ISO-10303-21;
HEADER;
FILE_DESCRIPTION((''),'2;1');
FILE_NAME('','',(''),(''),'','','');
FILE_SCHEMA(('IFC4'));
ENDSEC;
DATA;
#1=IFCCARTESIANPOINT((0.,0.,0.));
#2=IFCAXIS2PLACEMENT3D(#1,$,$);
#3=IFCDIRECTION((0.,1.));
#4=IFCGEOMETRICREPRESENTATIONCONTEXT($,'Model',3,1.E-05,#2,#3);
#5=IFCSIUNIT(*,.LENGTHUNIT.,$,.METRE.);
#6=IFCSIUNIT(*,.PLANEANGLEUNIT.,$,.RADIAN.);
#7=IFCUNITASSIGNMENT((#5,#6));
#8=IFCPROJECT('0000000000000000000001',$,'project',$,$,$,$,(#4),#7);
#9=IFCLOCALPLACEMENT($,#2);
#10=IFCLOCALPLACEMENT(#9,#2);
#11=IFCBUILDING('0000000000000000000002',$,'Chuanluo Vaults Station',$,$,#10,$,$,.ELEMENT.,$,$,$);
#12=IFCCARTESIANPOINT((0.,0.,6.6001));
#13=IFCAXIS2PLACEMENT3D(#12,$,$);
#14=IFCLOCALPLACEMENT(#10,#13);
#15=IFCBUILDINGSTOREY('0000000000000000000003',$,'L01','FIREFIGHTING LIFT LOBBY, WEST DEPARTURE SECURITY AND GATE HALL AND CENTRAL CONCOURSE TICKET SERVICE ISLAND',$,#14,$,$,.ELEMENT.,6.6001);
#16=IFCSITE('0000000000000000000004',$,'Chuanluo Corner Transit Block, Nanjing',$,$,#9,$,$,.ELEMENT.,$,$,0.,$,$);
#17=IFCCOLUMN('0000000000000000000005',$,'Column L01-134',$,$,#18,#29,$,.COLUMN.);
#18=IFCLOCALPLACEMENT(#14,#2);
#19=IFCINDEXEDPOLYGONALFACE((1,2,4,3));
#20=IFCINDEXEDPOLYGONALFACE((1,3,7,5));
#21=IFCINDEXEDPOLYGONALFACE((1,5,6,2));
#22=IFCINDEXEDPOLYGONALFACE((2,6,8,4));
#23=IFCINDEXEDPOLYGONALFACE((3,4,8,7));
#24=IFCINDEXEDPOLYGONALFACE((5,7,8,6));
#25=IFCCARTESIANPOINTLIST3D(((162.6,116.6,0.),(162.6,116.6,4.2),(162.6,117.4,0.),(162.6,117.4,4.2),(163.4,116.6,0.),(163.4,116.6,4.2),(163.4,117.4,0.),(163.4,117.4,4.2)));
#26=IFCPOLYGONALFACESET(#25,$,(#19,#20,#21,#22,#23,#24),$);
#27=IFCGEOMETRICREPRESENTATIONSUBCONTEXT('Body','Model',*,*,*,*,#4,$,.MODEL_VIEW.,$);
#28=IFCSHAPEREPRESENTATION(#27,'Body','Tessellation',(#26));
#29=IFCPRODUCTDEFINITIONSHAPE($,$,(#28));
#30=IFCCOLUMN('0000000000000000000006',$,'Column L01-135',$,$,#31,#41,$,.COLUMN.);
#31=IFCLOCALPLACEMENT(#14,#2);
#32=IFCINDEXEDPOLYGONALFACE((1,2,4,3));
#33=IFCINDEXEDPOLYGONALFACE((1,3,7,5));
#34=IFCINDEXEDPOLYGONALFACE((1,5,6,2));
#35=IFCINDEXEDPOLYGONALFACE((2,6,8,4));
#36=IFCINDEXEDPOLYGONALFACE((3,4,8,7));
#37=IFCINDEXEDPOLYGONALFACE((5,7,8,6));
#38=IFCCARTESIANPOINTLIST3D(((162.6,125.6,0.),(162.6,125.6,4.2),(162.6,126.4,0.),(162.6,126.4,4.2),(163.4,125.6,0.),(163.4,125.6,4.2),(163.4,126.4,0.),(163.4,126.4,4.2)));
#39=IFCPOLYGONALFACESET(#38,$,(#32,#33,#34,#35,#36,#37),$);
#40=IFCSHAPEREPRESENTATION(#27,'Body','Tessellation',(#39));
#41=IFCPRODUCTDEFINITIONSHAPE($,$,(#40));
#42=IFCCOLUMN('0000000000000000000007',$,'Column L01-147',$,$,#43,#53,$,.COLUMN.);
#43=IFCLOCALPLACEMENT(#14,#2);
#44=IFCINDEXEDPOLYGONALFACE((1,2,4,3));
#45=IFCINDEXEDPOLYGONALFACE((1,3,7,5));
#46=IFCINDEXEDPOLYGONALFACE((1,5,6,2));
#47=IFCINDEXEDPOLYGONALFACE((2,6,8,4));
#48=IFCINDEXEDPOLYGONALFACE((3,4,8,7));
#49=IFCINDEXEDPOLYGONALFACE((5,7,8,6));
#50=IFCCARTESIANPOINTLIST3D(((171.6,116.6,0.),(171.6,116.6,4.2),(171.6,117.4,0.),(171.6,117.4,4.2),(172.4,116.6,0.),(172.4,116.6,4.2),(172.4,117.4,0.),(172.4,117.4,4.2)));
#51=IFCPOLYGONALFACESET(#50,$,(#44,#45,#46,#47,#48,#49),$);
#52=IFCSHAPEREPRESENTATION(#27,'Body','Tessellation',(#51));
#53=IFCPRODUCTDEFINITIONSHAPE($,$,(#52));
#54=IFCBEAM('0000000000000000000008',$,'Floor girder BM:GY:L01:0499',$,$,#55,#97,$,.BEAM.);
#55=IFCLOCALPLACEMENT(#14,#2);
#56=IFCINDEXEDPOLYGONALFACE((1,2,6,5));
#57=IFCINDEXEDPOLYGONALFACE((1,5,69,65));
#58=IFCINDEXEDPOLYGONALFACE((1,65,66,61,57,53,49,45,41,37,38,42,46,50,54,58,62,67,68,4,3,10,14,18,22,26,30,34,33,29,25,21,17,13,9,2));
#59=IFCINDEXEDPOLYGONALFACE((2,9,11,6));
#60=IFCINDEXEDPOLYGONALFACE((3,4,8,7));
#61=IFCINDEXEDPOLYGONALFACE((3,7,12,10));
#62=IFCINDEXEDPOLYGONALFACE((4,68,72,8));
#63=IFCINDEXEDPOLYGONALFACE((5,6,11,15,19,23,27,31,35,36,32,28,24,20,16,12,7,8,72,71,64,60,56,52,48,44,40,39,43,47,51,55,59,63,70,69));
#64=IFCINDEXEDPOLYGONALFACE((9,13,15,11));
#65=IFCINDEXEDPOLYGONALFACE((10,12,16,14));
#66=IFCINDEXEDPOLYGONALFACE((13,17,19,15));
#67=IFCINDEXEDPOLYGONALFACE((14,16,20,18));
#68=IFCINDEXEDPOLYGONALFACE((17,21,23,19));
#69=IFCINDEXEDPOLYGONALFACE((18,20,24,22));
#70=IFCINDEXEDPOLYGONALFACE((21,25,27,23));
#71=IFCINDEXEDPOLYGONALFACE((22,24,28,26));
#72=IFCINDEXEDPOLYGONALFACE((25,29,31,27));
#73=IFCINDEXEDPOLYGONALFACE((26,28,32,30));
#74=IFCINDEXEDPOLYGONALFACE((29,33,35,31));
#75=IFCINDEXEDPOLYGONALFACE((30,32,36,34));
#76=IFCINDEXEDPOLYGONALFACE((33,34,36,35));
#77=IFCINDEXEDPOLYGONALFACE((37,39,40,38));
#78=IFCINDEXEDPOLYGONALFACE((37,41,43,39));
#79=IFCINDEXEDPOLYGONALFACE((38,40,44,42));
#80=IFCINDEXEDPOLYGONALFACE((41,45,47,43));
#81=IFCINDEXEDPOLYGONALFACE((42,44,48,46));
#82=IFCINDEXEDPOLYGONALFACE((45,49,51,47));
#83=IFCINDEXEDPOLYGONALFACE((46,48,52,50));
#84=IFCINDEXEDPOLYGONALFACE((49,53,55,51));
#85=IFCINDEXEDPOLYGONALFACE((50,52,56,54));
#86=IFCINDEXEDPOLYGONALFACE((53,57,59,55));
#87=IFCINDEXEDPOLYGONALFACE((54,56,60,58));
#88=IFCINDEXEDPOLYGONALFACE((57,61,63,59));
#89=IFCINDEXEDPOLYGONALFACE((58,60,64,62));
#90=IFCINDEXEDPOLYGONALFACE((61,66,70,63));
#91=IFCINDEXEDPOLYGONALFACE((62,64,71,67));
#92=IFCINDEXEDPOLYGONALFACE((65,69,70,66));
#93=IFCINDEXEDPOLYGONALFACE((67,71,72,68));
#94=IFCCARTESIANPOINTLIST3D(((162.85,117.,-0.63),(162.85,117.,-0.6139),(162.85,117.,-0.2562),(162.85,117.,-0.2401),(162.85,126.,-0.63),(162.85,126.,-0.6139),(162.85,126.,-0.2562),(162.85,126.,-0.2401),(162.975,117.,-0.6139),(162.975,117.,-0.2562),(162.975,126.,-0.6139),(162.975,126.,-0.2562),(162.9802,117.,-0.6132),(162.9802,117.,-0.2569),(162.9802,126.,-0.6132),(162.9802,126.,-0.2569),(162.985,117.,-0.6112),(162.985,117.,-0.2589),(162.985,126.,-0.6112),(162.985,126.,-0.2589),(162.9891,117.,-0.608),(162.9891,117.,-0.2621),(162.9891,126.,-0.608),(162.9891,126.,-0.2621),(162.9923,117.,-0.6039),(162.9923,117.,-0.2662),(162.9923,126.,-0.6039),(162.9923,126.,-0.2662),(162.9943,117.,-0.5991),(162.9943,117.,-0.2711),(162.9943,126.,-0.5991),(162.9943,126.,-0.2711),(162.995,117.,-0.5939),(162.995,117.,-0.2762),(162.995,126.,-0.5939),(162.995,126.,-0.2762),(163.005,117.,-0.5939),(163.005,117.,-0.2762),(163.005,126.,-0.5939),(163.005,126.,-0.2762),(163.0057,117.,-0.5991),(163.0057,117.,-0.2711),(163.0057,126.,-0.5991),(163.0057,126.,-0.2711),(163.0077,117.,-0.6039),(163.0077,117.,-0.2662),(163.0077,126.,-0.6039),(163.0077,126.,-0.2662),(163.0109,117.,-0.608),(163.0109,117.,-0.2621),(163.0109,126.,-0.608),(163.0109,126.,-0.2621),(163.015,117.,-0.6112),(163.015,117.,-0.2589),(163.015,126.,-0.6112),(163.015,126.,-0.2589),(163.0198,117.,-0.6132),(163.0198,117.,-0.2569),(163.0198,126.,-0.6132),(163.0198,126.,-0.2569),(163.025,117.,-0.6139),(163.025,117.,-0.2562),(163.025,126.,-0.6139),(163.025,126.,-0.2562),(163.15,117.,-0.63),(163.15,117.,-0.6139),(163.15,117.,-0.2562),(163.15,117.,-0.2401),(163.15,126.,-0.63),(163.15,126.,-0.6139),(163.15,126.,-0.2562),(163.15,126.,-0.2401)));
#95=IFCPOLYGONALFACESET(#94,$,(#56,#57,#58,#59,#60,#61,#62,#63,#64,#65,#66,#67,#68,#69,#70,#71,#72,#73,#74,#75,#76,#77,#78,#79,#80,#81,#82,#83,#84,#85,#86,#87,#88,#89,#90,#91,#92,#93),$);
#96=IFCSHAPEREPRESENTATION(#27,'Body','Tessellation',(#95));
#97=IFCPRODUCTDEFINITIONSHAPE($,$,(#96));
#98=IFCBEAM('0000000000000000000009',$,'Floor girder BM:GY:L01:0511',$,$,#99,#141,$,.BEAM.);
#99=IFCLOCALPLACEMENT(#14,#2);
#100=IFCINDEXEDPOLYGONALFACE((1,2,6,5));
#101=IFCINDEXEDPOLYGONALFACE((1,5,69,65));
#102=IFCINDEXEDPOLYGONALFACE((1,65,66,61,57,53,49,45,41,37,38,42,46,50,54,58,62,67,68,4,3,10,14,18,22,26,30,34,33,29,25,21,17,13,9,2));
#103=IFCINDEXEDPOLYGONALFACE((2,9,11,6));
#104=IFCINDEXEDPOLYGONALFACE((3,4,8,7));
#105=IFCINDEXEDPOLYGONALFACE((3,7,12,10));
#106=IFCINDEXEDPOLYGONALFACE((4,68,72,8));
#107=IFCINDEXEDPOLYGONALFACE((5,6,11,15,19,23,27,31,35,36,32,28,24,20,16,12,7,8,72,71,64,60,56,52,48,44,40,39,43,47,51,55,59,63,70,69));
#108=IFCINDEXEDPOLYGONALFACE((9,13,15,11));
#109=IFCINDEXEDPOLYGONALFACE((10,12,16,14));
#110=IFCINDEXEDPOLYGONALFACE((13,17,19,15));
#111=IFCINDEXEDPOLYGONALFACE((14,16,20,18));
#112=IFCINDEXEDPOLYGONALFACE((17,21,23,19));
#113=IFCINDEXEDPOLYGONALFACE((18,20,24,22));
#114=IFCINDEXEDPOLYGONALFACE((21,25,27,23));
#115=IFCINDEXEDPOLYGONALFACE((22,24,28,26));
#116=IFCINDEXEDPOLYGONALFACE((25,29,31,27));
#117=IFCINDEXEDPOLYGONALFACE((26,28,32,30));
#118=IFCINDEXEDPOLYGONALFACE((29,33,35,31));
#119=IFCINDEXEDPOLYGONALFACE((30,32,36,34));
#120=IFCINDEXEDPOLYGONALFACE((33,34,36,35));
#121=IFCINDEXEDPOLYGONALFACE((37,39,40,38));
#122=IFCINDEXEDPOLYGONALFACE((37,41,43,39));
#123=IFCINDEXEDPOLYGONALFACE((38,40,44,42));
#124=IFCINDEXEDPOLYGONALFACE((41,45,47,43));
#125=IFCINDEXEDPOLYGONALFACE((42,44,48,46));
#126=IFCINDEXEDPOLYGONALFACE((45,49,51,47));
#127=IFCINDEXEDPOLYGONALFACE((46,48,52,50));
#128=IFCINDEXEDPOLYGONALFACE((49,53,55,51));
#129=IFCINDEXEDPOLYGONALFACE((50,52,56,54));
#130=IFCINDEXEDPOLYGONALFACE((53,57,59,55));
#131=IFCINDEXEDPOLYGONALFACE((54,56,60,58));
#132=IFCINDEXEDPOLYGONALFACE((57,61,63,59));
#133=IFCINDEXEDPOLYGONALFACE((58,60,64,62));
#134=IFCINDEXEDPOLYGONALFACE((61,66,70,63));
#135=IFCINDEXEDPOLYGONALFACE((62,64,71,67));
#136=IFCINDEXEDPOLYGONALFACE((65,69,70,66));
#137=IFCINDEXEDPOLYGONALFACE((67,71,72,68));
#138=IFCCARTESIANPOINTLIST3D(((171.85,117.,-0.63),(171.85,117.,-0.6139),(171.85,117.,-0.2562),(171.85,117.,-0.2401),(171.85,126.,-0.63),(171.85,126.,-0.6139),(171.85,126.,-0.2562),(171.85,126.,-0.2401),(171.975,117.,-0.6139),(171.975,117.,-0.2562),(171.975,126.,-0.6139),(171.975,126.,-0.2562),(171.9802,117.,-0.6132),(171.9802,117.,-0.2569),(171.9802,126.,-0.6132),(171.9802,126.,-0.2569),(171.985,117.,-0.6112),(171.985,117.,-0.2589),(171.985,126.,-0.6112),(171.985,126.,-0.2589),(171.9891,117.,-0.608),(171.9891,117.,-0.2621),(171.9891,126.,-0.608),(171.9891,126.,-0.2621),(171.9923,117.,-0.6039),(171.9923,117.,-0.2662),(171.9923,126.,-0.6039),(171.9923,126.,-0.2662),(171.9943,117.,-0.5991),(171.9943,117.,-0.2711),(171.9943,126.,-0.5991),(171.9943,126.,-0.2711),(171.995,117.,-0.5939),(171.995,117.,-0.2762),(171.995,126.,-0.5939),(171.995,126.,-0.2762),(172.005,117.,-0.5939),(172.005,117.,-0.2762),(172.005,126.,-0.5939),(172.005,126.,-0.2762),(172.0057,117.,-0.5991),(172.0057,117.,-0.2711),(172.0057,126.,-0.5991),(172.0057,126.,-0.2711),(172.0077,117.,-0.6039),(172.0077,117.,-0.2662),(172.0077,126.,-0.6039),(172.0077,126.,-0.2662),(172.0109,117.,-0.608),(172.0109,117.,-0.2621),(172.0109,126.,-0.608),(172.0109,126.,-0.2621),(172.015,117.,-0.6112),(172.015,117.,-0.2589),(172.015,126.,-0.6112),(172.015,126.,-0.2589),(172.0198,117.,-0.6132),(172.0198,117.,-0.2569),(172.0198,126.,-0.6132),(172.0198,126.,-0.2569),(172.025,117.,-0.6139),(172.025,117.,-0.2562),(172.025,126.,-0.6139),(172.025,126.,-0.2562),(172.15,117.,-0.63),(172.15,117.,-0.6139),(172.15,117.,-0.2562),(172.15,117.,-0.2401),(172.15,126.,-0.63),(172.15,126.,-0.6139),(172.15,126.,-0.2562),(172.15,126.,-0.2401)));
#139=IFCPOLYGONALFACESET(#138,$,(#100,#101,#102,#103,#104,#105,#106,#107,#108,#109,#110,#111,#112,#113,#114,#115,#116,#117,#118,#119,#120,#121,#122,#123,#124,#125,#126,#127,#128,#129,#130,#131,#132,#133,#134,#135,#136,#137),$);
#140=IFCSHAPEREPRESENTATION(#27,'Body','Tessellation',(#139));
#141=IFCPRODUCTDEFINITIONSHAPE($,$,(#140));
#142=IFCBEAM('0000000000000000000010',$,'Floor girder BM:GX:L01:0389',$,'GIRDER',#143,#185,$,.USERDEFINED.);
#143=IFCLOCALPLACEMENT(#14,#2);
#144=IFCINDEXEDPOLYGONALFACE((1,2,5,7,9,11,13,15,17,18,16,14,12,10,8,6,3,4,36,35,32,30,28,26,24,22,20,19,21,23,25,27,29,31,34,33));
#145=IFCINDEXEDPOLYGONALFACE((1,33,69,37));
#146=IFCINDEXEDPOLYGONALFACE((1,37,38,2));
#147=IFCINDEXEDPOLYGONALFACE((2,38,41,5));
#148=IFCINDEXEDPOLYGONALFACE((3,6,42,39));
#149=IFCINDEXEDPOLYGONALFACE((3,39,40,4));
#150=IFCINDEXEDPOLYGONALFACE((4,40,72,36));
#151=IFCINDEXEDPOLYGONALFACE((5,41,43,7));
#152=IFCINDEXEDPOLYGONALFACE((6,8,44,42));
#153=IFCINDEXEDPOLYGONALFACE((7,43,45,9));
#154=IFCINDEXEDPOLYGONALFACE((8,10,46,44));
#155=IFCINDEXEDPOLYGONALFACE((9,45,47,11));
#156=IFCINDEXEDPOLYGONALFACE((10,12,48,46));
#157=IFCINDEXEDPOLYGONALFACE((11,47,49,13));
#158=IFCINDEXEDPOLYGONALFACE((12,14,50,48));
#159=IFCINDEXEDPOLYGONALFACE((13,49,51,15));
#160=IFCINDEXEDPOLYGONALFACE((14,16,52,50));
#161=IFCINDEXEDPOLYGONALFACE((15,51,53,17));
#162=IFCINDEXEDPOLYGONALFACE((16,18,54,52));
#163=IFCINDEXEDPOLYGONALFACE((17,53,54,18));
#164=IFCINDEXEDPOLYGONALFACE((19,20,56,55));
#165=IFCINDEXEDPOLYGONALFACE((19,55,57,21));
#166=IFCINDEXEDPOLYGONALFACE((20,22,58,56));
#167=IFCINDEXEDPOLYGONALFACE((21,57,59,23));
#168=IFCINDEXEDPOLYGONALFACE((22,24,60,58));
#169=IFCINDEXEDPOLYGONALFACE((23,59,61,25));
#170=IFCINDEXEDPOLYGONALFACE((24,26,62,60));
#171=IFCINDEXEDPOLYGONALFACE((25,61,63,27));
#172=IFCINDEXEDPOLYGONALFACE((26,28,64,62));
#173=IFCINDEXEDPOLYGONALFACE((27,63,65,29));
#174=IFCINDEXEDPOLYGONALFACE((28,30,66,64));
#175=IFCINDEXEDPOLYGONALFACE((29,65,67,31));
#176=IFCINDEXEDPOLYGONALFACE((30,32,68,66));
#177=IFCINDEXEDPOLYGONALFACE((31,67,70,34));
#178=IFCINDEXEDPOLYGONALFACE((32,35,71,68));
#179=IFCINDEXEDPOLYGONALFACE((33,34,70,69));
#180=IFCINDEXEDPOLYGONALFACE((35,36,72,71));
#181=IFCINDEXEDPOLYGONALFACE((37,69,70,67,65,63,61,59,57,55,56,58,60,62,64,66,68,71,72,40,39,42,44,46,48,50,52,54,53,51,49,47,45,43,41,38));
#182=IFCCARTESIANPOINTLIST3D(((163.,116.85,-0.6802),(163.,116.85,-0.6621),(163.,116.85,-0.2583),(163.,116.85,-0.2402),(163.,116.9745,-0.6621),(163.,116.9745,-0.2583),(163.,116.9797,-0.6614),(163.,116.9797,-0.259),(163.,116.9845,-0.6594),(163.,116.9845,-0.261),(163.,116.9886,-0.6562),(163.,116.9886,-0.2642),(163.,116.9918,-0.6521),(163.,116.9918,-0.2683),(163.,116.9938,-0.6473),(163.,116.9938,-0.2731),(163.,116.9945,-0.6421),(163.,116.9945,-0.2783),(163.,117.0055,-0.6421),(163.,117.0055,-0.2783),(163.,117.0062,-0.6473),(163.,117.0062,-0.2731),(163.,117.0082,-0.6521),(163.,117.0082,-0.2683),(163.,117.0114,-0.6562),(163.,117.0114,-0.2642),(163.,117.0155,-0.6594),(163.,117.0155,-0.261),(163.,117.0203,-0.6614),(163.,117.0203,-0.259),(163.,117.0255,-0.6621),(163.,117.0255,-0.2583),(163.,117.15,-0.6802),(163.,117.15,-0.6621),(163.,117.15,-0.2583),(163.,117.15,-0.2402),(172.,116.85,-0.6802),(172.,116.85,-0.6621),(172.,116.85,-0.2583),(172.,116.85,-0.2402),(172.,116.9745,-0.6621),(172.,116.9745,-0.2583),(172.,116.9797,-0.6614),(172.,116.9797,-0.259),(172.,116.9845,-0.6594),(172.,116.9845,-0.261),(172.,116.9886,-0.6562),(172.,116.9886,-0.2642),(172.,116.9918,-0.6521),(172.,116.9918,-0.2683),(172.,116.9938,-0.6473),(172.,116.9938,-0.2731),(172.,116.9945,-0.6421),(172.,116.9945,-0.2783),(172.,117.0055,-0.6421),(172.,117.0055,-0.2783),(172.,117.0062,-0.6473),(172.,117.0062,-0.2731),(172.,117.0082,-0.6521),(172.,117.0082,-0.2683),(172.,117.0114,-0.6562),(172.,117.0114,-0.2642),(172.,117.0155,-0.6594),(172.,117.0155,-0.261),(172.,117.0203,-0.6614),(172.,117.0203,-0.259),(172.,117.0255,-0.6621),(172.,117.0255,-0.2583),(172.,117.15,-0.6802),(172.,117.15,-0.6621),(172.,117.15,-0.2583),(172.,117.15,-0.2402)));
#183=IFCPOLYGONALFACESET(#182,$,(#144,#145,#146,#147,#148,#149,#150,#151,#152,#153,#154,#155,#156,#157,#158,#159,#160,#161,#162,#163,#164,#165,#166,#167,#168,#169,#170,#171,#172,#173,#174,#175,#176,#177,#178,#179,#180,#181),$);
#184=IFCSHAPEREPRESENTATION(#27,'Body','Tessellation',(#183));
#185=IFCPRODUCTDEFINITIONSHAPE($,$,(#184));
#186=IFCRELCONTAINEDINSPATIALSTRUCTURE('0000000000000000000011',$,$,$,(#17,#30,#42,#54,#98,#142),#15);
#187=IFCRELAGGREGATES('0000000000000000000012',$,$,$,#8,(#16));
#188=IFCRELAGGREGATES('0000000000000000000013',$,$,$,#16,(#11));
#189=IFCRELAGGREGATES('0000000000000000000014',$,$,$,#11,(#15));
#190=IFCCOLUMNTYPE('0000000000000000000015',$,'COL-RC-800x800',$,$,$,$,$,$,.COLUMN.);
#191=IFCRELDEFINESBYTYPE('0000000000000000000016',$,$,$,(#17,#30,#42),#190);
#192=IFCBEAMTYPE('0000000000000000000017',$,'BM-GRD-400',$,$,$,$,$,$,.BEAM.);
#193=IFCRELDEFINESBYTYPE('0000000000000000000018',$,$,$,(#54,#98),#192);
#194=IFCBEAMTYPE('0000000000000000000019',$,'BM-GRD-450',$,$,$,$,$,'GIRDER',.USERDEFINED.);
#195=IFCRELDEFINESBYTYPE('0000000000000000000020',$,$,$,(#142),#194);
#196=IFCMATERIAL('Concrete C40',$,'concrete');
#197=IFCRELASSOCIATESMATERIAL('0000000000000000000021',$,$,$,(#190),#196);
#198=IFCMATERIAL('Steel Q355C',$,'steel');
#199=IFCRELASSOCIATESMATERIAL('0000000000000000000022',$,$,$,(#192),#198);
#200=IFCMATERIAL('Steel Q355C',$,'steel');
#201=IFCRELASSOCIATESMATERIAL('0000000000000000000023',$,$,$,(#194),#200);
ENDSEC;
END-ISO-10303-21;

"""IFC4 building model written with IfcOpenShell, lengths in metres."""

from ifc_helpers import new_model, si_unit, direction, frame, origin, origin_2d, place, context, subcontext, project, spatial, rectangle, i_section, extrude, material, material_profile, profile_set, type_object, element, save


model = new_model("IFC4")

# Units and contexts
model_context = context("Model", 3, precision=1e-05, world=origin(), true_north=direction((0.0, 1.0)))
body_context = subcontext(model_context, "Body", "Model", "MODEL_VIEW")
ifc_project = project(units=[si_unit("LENGTHUNIT", "METRE"), si_unit("PLANEANGLEUNIT", "RADIAN")], contexts=[model_context])

# Site, building, storey
site_placement = place(None, origin())
site = spatial("IfcSite", under=ifc_project, at=site_placement, Name="Chuanluo Corner Transit Block, Nanjing", CompositionType="ELEMENT", RefElevation=0.0)
building_placement = place(site_placement, origin())
building = spatial("IfcBuilding", under=site, at=building_placement, Name="Chuanluo Vaults Station", CompositionType="ELEMENT")
storey_placement = place(building_placement, frame((0.0, 0.0, 6.6001)))
storey = spatial("IfcBuildingStorey", under=building, at=storey_placement, Name="L01", Description="FIREFIGHTING LIFT LOBBY, WEST DEPARTURE SECURITY AND GATE HALL AND CENTRAL CONCOURSE TICKET SERVICE ISLAND", CompositionType="ELEMENT", Elevation=6.6001)

# Columns
ifc_material_1 = material(Name="Concrete C40", Category="concrete")
ifc_material_profile_1 = material_profile(ifc_material_1, rectangle(XDim=0.8, YDim=0.8, at=origin_2d()))
ifc_profile_set_1 = profile_set([ifc_material_profile_1], Name="Concrete C40")
column_type = type_object("IfcColumnType", Name="COL-RC-800x800", PredefinedType="COLUMN", material=ifc_profile_set_1)
for number, where, z_axis, x_axis, name in (
    (1, (163.0, 117.0, 0.0), (0.0, 0.0, 1.0), (1.0, 0.0, 0.0), "Column L01-134"),
    (2, (163.0, 126.0, 0.0), (0.0, 0.0, 1.0), (1.0, 0.0, 0.0), "Column L01-135"),
    (3, (172.0, 117.0, 0.0), (0.0, 0.0, 1.0), (1.0, 0.0, 0.0), "Column L01-147"),
):
    element("IfcColumn", number, at=place(storey_placement, frame(where, z_axis=z_axis, x_axis=x_axis)), inside=storey, type_object=column_type, Name=name, PredefinedType="COLUMN", context=body_context, shape_type="SweptSolid", body=[
        extrude(rectangle(XDim=0.8, YDim=0.8, at=origin_2d()), origin(), (0.0, 0.0, 1.0), 4.2),
    ])

# Beams
ifc_material_2 = material(Name="Steel Q355C", Category="steel")
ifc_material_profile_2 = material_profile(ifc_material_2, i_section(OverallWidth=0.3, OverallDepth=0.3899, WebThickness=0.01, FlangeThickness=0.0161, FilletRadius=0.02, at=origin_2d()))
ifc_profile_set_2 = profile_set([ifc_material_profile_2], Name="Steel Q355C")
beam_type_1 = type_object("IfcBeamType", Name="BM-GRD-400", PredefinedType="BEAM", material=ifc_profile_set_2)
for number, where, z_axis, x_axis, name in (
    (4, (163.0, 117.0, -0.4351), (0.0, 1.0, 0.0), (-1.0, 0.0, 0.0), "Floor girder BM:GY:L01:0499"),
    (5, (172.0, 117.0, -0.4351), (0.0, 1.0, 0.0), (-1.0, 0.0, 0.0), "Floor girder BM:GY:L01:0511"),
):
    element("IfcBeam", number, at=place(storey_placement, frame(where, z_axis=z_axis, x_axis=x_axis)), inside=storey, type_object=beam_type_1, Name=name, PredefinedType="BEAM", context=body_context, shape_type="SweptSolid", body=[
        extrude(i_section(OverallWidth=0.3, OverallDepth=0.3899, WebThickness=0.01, FlangeThickness=0.0161, FilletRadius=0.02, at=origin_2d()), origin(), (0.0, 0.0, 1.0), 9.0),
    ])
ifc_material_3 = material(Name="Steel Q355C", Category="steel")
ifc_material_profile_3 = material_profile(ifc_material_3, i_section(OverallWidth=0.3, OverallDepth=0.4399, WebThickness=0.011, FlangeThickness=0.0181, FilletRadius=0.02, at=origin_2d()))
ifc_profile_set_3 = profile_set([ifc_material_profile_3], Name="Steel Q355C")
beam_type_2 = type_object("IfcBeamType", Name="BM-GRD-450", ElementType="GIRDER", PredefinedType="USERDEFINED", material=ifc_profile_set_3)
beam_1_placement = place(storey_placement, frame((163.0, 117.0, -0.4602), z_axis=(1.0, 0.0, 0.0), x_axis=(0.0, 1.0, 0.0)))
element("IfcBeam", 6, at=beam_1_placement, inside=storey, type_object=beam_type_2, Name="Floor girder BM:GX:L01:0389", ObjectType="GIRDER", PredefinedType="USERDEFINED", context=body_context, shape_type="SweptSolid", body=[
    extrude(i_section(OverallWidth=0.3, OverallDepth=0.4399, WebThickness=0.011, FlangeThickness=0.0181, FilletRadius=0.02, at=origin_2d()), origin(), (0.0, 0.0, 1.0), 9.0),
])

save(model, "model.ifc")
